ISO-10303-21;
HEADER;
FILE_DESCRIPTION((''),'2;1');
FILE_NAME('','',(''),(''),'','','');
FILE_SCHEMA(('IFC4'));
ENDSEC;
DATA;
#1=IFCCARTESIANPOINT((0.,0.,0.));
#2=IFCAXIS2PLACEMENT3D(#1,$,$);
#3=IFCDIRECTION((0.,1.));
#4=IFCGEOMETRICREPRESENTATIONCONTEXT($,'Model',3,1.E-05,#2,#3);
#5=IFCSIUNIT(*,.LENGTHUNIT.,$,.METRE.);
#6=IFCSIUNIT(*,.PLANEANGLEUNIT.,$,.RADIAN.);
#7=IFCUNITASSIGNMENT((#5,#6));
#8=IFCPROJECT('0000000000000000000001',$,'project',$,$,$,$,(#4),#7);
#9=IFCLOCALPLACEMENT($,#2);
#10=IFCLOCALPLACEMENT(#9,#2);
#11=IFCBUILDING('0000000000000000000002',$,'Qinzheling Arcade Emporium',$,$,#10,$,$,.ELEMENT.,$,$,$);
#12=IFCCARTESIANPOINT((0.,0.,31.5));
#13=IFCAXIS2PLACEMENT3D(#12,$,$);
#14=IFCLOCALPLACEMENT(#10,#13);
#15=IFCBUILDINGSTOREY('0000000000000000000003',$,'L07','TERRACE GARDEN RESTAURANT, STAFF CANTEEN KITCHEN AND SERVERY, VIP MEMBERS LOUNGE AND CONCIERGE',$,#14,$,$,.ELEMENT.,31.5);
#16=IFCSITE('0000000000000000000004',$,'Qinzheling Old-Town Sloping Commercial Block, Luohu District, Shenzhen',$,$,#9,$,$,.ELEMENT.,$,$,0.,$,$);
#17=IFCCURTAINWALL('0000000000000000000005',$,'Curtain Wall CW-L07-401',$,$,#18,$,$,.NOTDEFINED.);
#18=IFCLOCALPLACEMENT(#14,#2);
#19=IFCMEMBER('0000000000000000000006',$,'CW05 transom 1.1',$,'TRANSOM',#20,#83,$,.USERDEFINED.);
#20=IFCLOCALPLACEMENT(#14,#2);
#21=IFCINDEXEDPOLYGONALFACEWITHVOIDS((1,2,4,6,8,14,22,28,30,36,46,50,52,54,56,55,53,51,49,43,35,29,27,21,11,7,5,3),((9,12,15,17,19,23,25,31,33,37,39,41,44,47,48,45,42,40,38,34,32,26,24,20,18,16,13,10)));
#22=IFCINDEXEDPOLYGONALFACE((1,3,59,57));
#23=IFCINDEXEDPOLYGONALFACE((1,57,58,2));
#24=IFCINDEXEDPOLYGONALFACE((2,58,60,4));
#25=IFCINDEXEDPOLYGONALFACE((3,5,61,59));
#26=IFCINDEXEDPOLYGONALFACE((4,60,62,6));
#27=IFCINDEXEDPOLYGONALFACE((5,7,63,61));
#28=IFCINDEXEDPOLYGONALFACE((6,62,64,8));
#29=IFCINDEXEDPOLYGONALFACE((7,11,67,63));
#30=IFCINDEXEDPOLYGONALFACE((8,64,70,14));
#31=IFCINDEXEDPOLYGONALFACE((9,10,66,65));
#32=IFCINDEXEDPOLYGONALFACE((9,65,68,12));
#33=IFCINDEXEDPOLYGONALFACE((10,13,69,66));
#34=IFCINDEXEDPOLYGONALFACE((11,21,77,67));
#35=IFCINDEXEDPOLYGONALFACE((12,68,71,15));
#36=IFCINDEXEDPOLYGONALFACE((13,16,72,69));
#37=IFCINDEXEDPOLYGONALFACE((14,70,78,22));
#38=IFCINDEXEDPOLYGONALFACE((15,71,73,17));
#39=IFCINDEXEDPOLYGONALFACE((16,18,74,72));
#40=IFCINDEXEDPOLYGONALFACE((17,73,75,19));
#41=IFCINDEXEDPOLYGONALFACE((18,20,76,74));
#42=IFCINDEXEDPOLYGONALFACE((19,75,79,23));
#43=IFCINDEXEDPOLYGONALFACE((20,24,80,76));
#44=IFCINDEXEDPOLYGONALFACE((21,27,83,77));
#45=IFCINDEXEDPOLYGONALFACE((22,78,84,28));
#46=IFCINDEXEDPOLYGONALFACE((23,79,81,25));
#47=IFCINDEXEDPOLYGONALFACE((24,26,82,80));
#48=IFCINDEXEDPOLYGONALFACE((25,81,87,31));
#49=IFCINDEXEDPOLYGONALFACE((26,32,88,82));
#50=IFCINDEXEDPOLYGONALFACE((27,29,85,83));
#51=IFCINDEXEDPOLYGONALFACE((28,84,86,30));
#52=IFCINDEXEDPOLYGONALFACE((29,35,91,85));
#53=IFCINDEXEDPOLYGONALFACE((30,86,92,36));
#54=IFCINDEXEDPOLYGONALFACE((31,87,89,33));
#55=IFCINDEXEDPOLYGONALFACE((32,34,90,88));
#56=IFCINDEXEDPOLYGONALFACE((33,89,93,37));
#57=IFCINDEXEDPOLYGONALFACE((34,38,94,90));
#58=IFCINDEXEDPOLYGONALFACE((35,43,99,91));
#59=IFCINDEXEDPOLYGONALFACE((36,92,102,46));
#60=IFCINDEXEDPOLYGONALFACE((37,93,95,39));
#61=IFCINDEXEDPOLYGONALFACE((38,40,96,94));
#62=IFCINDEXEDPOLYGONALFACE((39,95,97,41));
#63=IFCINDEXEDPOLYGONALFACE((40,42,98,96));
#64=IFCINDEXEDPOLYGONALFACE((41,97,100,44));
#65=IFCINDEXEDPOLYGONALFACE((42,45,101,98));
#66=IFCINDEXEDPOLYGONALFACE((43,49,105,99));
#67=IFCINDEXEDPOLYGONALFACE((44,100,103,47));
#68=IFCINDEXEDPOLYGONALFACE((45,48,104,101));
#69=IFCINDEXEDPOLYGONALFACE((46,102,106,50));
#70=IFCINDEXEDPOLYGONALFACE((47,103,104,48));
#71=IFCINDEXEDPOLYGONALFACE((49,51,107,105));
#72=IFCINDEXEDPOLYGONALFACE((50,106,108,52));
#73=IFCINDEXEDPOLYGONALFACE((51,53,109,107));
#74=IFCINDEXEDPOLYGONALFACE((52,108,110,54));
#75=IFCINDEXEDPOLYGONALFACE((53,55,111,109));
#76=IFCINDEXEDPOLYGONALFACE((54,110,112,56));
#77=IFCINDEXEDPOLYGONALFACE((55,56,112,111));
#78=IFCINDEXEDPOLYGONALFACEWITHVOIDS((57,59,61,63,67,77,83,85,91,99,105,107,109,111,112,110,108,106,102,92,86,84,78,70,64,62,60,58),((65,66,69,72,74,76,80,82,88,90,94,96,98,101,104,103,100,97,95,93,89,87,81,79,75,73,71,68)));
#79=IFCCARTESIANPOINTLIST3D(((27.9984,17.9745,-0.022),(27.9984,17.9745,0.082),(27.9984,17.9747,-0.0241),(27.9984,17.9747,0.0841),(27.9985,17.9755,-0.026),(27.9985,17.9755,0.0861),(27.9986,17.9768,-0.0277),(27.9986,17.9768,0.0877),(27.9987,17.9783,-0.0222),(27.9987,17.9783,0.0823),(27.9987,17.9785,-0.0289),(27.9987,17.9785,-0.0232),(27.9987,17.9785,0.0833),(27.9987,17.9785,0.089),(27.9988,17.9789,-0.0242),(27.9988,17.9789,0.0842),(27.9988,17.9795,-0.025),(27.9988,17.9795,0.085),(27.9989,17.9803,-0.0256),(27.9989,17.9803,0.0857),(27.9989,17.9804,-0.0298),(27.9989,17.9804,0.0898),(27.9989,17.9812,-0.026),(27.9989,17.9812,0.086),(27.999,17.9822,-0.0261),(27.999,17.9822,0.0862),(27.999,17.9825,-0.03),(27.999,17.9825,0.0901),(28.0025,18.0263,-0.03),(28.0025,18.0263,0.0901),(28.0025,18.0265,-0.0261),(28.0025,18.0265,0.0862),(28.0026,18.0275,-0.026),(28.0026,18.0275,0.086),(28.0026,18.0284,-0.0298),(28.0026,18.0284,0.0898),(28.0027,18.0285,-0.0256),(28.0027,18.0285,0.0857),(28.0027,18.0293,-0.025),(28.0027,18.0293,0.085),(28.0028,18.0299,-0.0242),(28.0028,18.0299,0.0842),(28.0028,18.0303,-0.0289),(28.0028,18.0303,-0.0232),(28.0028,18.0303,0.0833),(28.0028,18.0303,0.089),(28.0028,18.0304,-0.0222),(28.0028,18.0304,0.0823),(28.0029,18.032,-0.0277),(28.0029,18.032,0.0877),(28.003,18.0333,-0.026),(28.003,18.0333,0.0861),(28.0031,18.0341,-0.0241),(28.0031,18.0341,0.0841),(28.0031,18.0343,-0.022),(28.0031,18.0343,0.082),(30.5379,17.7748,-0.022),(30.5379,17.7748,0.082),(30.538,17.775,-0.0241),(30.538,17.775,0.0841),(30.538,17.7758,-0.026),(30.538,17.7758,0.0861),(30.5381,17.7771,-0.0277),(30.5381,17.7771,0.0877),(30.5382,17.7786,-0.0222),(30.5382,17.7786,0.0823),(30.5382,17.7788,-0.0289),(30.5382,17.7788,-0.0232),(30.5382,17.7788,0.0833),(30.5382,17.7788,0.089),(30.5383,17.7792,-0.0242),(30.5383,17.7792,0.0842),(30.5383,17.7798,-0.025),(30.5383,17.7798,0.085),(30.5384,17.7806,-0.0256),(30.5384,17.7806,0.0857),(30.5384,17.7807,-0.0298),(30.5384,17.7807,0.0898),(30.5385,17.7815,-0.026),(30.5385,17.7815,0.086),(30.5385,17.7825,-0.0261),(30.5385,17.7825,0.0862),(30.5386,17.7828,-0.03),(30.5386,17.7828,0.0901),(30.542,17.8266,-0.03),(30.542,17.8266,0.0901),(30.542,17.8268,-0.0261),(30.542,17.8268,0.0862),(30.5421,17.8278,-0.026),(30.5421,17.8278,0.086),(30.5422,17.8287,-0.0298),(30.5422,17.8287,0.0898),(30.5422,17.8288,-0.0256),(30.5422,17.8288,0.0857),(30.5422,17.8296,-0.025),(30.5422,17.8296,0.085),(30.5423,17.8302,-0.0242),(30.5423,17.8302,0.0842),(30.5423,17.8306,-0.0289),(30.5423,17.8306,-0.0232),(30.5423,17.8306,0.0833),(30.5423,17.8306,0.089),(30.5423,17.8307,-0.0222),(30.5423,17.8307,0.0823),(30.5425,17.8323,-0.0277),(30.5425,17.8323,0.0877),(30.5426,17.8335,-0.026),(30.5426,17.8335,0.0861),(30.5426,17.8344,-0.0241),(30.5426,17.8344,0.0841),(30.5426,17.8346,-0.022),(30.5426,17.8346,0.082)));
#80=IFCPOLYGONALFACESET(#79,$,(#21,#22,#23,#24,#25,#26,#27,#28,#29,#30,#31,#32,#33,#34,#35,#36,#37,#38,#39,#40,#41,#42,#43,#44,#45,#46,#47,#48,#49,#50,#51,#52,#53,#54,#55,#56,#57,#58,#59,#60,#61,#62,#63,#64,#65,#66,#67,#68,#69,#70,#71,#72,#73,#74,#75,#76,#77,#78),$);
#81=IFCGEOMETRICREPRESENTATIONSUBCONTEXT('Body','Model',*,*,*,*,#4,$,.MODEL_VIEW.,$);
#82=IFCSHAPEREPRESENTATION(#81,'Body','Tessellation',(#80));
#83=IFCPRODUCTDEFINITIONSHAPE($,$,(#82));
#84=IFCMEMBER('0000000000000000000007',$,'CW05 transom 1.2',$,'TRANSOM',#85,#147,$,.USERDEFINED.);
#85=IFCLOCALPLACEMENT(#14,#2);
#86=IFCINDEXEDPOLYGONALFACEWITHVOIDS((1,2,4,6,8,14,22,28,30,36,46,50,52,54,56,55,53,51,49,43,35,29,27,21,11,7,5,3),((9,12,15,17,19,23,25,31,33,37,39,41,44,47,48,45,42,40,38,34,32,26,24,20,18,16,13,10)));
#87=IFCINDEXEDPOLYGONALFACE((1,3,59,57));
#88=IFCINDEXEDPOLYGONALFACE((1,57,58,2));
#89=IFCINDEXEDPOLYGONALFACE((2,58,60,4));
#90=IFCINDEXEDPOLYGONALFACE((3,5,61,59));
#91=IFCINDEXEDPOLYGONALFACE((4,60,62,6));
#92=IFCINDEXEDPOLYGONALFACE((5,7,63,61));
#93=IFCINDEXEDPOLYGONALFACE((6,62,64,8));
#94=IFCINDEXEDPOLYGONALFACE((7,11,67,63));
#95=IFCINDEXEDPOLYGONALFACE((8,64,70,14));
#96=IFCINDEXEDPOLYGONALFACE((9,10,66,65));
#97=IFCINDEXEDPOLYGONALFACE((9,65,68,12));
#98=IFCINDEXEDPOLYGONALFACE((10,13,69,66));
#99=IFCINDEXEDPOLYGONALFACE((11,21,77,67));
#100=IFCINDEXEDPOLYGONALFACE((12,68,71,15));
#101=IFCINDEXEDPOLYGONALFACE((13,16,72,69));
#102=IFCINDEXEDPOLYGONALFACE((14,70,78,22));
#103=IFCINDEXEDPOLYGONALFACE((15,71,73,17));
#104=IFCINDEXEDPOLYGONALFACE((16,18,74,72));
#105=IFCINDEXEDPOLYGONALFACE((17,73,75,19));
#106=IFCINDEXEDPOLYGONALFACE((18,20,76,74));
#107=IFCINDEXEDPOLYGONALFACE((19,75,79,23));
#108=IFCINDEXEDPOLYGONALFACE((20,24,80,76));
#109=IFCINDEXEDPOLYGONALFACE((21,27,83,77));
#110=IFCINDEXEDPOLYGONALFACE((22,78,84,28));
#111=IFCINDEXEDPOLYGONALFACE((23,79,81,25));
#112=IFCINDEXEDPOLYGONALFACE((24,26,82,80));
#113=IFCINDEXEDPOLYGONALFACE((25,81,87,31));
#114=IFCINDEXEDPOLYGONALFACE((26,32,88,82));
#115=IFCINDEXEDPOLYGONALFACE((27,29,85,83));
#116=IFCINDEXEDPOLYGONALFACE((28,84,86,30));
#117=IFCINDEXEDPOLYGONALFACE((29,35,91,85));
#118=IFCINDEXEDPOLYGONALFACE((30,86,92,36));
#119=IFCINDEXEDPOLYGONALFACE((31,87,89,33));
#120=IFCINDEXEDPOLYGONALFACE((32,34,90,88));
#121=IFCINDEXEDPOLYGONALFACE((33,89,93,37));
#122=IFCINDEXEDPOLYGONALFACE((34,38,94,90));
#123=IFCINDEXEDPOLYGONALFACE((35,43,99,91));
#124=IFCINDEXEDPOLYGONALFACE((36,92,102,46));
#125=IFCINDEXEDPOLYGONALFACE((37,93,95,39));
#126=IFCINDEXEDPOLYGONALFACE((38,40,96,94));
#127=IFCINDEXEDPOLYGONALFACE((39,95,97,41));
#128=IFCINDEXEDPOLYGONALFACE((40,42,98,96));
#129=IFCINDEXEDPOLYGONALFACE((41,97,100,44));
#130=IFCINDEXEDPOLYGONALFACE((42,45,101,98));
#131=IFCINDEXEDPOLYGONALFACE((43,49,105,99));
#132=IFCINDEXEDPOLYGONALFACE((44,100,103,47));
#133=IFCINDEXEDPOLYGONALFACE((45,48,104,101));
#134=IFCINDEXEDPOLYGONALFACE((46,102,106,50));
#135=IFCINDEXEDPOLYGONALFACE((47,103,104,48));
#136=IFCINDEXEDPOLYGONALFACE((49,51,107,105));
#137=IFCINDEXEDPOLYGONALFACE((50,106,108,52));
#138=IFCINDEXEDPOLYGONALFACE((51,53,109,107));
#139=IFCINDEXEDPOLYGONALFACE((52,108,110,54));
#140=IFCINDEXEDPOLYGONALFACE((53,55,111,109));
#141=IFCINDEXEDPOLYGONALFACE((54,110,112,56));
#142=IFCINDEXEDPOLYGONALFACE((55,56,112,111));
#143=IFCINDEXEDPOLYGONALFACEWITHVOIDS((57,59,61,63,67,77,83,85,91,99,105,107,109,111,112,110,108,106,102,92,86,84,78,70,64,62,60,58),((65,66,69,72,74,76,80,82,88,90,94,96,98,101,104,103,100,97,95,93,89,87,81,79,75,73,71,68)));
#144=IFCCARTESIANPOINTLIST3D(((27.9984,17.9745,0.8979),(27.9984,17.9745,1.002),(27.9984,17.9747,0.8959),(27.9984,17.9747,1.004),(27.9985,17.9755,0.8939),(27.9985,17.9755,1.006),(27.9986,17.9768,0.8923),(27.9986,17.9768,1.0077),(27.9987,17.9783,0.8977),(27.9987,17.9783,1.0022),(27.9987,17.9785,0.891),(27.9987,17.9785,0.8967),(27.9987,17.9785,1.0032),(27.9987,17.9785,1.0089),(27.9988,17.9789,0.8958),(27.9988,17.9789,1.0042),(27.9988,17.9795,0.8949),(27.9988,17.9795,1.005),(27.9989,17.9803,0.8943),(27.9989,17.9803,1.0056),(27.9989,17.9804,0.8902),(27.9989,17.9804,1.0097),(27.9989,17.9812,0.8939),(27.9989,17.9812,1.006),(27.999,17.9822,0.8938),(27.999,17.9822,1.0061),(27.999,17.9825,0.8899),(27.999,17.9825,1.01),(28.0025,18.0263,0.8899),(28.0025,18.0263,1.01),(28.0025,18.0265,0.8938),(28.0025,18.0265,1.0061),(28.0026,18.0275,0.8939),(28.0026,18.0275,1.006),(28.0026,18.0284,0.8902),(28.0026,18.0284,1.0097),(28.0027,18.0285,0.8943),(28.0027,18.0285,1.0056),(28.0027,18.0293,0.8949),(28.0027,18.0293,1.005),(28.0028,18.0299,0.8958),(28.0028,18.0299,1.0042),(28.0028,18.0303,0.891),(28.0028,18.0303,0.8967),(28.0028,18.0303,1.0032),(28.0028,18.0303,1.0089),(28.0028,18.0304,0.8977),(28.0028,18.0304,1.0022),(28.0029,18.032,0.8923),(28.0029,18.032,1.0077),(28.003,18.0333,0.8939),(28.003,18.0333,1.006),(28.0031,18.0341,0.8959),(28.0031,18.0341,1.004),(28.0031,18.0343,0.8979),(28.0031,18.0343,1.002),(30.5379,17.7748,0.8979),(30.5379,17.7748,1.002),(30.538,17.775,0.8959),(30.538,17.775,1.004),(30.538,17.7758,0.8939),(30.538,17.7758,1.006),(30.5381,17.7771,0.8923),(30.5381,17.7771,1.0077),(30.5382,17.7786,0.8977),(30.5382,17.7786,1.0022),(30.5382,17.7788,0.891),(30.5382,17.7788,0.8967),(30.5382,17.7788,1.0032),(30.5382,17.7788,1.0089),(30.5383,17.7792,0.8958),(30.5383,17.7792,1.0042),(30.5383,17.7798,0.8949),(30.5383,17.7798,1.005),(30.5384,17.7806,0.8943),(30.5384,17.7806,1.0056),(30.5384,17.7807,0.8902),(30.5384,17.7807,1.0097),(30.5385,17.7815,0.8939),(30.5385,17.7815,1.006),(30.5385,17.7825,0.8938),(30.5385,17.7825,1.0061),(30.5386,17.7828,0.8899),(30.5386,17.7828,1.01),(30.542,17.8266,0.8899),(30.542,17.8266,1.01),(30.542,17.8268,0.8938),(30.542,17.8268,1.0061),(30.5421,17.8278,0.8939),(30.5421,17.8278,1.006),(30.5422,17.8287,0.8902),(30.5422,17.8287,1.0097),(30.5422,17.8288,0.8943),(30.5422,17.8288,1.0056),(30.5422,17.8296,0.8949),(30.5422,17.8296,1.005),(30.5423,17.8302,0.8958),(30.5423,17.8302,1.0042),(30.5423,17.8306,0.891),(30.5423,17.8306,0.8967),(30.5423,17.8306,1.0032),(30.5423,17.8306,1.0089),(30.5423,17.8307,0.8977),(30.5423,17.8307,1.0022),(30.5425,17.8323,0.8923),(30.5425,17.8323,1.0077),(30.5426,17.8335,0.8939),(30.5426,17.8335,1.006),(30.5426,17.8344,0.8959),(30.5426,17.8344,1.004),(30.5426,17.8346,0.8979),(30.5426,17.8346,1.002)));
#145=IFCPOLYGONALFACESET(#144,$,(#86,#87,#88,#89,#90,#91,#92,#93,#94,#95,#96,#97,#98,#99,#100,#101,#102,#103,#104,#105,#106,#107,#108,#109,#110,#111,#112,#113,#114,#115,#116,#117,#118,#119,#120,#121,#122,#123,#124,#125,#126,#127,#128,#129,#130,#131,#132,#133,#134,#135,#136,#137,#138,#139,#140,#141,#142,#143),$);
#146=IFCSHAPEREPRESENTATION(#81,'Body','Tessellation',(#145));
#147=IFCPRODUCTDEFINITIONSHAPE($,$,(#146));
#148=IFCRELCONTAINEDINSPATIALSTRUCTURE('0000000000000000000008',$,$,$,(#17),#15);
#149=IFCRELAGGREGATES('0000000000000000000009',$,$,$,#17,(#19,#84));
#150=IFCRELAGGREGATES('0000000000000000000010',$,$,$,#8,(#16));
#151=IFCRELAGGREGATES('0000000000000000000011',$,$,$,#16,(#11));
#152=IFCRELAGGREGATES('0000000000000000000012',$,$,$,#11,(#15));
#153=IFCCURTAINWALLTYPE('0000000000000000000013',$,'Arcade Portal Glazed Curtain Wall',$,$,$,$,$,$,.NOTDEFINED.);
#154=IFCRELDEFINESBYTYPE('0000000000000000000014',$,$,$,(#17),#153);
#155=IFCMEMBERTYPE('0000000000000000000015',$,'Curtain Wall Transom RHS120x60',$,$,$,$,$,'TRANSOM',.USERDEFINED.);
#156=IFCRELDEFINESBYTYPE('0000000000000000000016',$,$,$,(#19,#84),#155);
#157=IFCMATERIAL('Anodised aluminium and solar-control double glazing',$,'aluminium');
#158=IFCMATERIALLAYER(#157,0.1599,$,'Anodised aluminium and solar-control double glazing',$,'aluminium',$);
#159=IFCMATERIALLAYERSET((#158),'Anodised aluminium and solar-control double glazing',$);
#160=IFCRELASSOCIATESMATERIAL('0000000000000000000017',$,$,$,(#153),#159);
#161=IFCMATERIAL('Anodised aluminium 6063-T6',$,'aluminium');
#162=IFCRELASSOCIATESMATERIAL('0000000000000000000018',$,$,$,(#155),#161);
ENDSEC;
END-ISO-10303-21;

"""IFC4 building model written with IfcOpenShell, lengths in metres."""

from ifc_helpers import new_model, si_unit, direction, frame, origin, origin_2d, place, context, subcontext, project, spatial, hollow_rectangle, extrude, material, layer, layer_set, material_profile, profile_set, type_object, element, aggregate, save


model = new_model("IFC4")

# Units and contexts
model_context = context("Model", 3, precision=1e-05, world=origin(), true_north=direction((0.0, 1.0)))
body_context = subcontext(model_context, "Body", "Model", "MODEL_VIEW")
ifc_project = project(units=[si_unit("LENGTHUNIT", "METRE"), si_unit("PLANEANGLEUNIT", "RADIAN")], contexts=[model_context])

# Site, building, storey
site_placement = place(None, origin())
site = spatial("IfcSite", under=ifc_project, at=site_placement, Name="Qinzheling Old-Town Sloping Commercial Block, Luohu District, Shenzhen", CompositionType="ELEMENT", RefElevation=0.0)
building_placement = place(site_placement, origin())
building = spatial("IfcBuilding", under=site, at=building_placement, Name="Qinzheling Arcade Emporium", CompositionType="ELEMENT")
storey_placement = place(building_placement, frame((0.0, 0.0, 31.5)))
storey = spatial("IfcBuildingStorey", under=building, at=storey_placement, Name="L07", Description="TERRACE GARDEN RESTAURANT, STAFF CANTEEN KITCHEN AND SERVERY, VIP MEMBERS LOUNGE AND CONCIERGE", CompositionType="ELEMENT", Elevation=31.5)

# Curtain wall
ifc_material_1 = material(Name="Anodised aluminium and solar-control double glazing", Category="aluminium")
ifc_layer_1 = layer(ifc_material_1, 0.1599, Name="Anodised aluminium and solar-control double glazing", Category="aluminium")
ifc_layer_set_1 = layer_set([ifc_layer_1], Name="Anodised aluminium and solar-control double glazing")
curtain_wall_type_1 = type_object("IfcCurtainWallType", Name="Arcade Portal Glazed Curtain Wall", PredefinedType="NOTDEFINED", material=ifc_layer_set_1)
ifc_material_2 = material(Name="Anodised aluminium 6063-T6", Category="aluminium")
curtain_wall_1_placement = place(storey_placement, origin())
curtain_wall_1 = element("IfcCurtainWall", 1, at=curtain_wall_1_placement, inside=storey, type_object=curtain_wall_type_1, Name="Curtain Wall CW-L07-401", PredefinedType="NOTDEFINED")

# Members
ifc_material_profile_1 = material_profile(ifc_material_2, hollow_rectangle(XDim=0.0601, YDim=0.1201, WallThickness=0.0039, InnerFilletRadius=0.0039, OuterFilletRadius=0.0081, at=origin_2d()), Name="RHS 120x60x4", Category="aluminium")
ifc_profile_set_1 = profile_set([ifc_material_profile_1], Name="Anodised aluminium 6063-T6")
member_type_1 = type_object("IfcMemberType", Name="Curtain Wall Transom RHS120x60", ElementType="TRANSOM", PredefinedType="USERDEFINED", material=ifc_profile_set_1)
member_1_placement = place(storey_placement, frame((30.5403, 17.8047, 0.03), z_axis=(-0.996922, 0.078397, 0.0), x_axis=(-0.078397, -0.996922, 0.0)))
member_1 = element("IfcMember", 2, at=member_1_placement, type_object=member_type_1, Name="CW05 transom 1.1", ObjectType="TRANSOM", PredefinedType="USERDEFINED", context=body_context, shape_type="SweptSolid", body=[
    extrude(hollow_rectangle(XDim=0.0601, YDim=0.1201, WallThickness=0.0039, InnerFilletRadius=0.0039, OuterFilletRadius=0.0081, at=origin_2d()), origin(), (0.0, 0.0, 1.0), 2.5474),
])
member_2_placement = place(storey_placement, frame((30.5403, 17.8047, 0.95), z_axis=(-0.996922, 0.078397, 0.0), x_axis=(-0.078397, -0.996922, 0.0)))
member_2 = element("IfcMember", 3, at=member_2_placement, type_object=member_type_1, Name="CW05 transom 1.2", ObjectType="TRANSOM", PredefinedType="USERDEFINED", context=body_context, shape_type="SweptSolid", body=[
    extrude(hollow_rectangle(XDim=0.0601, YDim=0.1201, WallThickness=0.0039, InnerFilletRadius=0.0039, OuterFilletRadius=0.0081, at=origin_2d()), origin(), (0.0, 0.0, 1.0), 2.5474),
])

aggregate(curtain_wall_1, [member_1, member_2])

save(model, "model.ifc")
